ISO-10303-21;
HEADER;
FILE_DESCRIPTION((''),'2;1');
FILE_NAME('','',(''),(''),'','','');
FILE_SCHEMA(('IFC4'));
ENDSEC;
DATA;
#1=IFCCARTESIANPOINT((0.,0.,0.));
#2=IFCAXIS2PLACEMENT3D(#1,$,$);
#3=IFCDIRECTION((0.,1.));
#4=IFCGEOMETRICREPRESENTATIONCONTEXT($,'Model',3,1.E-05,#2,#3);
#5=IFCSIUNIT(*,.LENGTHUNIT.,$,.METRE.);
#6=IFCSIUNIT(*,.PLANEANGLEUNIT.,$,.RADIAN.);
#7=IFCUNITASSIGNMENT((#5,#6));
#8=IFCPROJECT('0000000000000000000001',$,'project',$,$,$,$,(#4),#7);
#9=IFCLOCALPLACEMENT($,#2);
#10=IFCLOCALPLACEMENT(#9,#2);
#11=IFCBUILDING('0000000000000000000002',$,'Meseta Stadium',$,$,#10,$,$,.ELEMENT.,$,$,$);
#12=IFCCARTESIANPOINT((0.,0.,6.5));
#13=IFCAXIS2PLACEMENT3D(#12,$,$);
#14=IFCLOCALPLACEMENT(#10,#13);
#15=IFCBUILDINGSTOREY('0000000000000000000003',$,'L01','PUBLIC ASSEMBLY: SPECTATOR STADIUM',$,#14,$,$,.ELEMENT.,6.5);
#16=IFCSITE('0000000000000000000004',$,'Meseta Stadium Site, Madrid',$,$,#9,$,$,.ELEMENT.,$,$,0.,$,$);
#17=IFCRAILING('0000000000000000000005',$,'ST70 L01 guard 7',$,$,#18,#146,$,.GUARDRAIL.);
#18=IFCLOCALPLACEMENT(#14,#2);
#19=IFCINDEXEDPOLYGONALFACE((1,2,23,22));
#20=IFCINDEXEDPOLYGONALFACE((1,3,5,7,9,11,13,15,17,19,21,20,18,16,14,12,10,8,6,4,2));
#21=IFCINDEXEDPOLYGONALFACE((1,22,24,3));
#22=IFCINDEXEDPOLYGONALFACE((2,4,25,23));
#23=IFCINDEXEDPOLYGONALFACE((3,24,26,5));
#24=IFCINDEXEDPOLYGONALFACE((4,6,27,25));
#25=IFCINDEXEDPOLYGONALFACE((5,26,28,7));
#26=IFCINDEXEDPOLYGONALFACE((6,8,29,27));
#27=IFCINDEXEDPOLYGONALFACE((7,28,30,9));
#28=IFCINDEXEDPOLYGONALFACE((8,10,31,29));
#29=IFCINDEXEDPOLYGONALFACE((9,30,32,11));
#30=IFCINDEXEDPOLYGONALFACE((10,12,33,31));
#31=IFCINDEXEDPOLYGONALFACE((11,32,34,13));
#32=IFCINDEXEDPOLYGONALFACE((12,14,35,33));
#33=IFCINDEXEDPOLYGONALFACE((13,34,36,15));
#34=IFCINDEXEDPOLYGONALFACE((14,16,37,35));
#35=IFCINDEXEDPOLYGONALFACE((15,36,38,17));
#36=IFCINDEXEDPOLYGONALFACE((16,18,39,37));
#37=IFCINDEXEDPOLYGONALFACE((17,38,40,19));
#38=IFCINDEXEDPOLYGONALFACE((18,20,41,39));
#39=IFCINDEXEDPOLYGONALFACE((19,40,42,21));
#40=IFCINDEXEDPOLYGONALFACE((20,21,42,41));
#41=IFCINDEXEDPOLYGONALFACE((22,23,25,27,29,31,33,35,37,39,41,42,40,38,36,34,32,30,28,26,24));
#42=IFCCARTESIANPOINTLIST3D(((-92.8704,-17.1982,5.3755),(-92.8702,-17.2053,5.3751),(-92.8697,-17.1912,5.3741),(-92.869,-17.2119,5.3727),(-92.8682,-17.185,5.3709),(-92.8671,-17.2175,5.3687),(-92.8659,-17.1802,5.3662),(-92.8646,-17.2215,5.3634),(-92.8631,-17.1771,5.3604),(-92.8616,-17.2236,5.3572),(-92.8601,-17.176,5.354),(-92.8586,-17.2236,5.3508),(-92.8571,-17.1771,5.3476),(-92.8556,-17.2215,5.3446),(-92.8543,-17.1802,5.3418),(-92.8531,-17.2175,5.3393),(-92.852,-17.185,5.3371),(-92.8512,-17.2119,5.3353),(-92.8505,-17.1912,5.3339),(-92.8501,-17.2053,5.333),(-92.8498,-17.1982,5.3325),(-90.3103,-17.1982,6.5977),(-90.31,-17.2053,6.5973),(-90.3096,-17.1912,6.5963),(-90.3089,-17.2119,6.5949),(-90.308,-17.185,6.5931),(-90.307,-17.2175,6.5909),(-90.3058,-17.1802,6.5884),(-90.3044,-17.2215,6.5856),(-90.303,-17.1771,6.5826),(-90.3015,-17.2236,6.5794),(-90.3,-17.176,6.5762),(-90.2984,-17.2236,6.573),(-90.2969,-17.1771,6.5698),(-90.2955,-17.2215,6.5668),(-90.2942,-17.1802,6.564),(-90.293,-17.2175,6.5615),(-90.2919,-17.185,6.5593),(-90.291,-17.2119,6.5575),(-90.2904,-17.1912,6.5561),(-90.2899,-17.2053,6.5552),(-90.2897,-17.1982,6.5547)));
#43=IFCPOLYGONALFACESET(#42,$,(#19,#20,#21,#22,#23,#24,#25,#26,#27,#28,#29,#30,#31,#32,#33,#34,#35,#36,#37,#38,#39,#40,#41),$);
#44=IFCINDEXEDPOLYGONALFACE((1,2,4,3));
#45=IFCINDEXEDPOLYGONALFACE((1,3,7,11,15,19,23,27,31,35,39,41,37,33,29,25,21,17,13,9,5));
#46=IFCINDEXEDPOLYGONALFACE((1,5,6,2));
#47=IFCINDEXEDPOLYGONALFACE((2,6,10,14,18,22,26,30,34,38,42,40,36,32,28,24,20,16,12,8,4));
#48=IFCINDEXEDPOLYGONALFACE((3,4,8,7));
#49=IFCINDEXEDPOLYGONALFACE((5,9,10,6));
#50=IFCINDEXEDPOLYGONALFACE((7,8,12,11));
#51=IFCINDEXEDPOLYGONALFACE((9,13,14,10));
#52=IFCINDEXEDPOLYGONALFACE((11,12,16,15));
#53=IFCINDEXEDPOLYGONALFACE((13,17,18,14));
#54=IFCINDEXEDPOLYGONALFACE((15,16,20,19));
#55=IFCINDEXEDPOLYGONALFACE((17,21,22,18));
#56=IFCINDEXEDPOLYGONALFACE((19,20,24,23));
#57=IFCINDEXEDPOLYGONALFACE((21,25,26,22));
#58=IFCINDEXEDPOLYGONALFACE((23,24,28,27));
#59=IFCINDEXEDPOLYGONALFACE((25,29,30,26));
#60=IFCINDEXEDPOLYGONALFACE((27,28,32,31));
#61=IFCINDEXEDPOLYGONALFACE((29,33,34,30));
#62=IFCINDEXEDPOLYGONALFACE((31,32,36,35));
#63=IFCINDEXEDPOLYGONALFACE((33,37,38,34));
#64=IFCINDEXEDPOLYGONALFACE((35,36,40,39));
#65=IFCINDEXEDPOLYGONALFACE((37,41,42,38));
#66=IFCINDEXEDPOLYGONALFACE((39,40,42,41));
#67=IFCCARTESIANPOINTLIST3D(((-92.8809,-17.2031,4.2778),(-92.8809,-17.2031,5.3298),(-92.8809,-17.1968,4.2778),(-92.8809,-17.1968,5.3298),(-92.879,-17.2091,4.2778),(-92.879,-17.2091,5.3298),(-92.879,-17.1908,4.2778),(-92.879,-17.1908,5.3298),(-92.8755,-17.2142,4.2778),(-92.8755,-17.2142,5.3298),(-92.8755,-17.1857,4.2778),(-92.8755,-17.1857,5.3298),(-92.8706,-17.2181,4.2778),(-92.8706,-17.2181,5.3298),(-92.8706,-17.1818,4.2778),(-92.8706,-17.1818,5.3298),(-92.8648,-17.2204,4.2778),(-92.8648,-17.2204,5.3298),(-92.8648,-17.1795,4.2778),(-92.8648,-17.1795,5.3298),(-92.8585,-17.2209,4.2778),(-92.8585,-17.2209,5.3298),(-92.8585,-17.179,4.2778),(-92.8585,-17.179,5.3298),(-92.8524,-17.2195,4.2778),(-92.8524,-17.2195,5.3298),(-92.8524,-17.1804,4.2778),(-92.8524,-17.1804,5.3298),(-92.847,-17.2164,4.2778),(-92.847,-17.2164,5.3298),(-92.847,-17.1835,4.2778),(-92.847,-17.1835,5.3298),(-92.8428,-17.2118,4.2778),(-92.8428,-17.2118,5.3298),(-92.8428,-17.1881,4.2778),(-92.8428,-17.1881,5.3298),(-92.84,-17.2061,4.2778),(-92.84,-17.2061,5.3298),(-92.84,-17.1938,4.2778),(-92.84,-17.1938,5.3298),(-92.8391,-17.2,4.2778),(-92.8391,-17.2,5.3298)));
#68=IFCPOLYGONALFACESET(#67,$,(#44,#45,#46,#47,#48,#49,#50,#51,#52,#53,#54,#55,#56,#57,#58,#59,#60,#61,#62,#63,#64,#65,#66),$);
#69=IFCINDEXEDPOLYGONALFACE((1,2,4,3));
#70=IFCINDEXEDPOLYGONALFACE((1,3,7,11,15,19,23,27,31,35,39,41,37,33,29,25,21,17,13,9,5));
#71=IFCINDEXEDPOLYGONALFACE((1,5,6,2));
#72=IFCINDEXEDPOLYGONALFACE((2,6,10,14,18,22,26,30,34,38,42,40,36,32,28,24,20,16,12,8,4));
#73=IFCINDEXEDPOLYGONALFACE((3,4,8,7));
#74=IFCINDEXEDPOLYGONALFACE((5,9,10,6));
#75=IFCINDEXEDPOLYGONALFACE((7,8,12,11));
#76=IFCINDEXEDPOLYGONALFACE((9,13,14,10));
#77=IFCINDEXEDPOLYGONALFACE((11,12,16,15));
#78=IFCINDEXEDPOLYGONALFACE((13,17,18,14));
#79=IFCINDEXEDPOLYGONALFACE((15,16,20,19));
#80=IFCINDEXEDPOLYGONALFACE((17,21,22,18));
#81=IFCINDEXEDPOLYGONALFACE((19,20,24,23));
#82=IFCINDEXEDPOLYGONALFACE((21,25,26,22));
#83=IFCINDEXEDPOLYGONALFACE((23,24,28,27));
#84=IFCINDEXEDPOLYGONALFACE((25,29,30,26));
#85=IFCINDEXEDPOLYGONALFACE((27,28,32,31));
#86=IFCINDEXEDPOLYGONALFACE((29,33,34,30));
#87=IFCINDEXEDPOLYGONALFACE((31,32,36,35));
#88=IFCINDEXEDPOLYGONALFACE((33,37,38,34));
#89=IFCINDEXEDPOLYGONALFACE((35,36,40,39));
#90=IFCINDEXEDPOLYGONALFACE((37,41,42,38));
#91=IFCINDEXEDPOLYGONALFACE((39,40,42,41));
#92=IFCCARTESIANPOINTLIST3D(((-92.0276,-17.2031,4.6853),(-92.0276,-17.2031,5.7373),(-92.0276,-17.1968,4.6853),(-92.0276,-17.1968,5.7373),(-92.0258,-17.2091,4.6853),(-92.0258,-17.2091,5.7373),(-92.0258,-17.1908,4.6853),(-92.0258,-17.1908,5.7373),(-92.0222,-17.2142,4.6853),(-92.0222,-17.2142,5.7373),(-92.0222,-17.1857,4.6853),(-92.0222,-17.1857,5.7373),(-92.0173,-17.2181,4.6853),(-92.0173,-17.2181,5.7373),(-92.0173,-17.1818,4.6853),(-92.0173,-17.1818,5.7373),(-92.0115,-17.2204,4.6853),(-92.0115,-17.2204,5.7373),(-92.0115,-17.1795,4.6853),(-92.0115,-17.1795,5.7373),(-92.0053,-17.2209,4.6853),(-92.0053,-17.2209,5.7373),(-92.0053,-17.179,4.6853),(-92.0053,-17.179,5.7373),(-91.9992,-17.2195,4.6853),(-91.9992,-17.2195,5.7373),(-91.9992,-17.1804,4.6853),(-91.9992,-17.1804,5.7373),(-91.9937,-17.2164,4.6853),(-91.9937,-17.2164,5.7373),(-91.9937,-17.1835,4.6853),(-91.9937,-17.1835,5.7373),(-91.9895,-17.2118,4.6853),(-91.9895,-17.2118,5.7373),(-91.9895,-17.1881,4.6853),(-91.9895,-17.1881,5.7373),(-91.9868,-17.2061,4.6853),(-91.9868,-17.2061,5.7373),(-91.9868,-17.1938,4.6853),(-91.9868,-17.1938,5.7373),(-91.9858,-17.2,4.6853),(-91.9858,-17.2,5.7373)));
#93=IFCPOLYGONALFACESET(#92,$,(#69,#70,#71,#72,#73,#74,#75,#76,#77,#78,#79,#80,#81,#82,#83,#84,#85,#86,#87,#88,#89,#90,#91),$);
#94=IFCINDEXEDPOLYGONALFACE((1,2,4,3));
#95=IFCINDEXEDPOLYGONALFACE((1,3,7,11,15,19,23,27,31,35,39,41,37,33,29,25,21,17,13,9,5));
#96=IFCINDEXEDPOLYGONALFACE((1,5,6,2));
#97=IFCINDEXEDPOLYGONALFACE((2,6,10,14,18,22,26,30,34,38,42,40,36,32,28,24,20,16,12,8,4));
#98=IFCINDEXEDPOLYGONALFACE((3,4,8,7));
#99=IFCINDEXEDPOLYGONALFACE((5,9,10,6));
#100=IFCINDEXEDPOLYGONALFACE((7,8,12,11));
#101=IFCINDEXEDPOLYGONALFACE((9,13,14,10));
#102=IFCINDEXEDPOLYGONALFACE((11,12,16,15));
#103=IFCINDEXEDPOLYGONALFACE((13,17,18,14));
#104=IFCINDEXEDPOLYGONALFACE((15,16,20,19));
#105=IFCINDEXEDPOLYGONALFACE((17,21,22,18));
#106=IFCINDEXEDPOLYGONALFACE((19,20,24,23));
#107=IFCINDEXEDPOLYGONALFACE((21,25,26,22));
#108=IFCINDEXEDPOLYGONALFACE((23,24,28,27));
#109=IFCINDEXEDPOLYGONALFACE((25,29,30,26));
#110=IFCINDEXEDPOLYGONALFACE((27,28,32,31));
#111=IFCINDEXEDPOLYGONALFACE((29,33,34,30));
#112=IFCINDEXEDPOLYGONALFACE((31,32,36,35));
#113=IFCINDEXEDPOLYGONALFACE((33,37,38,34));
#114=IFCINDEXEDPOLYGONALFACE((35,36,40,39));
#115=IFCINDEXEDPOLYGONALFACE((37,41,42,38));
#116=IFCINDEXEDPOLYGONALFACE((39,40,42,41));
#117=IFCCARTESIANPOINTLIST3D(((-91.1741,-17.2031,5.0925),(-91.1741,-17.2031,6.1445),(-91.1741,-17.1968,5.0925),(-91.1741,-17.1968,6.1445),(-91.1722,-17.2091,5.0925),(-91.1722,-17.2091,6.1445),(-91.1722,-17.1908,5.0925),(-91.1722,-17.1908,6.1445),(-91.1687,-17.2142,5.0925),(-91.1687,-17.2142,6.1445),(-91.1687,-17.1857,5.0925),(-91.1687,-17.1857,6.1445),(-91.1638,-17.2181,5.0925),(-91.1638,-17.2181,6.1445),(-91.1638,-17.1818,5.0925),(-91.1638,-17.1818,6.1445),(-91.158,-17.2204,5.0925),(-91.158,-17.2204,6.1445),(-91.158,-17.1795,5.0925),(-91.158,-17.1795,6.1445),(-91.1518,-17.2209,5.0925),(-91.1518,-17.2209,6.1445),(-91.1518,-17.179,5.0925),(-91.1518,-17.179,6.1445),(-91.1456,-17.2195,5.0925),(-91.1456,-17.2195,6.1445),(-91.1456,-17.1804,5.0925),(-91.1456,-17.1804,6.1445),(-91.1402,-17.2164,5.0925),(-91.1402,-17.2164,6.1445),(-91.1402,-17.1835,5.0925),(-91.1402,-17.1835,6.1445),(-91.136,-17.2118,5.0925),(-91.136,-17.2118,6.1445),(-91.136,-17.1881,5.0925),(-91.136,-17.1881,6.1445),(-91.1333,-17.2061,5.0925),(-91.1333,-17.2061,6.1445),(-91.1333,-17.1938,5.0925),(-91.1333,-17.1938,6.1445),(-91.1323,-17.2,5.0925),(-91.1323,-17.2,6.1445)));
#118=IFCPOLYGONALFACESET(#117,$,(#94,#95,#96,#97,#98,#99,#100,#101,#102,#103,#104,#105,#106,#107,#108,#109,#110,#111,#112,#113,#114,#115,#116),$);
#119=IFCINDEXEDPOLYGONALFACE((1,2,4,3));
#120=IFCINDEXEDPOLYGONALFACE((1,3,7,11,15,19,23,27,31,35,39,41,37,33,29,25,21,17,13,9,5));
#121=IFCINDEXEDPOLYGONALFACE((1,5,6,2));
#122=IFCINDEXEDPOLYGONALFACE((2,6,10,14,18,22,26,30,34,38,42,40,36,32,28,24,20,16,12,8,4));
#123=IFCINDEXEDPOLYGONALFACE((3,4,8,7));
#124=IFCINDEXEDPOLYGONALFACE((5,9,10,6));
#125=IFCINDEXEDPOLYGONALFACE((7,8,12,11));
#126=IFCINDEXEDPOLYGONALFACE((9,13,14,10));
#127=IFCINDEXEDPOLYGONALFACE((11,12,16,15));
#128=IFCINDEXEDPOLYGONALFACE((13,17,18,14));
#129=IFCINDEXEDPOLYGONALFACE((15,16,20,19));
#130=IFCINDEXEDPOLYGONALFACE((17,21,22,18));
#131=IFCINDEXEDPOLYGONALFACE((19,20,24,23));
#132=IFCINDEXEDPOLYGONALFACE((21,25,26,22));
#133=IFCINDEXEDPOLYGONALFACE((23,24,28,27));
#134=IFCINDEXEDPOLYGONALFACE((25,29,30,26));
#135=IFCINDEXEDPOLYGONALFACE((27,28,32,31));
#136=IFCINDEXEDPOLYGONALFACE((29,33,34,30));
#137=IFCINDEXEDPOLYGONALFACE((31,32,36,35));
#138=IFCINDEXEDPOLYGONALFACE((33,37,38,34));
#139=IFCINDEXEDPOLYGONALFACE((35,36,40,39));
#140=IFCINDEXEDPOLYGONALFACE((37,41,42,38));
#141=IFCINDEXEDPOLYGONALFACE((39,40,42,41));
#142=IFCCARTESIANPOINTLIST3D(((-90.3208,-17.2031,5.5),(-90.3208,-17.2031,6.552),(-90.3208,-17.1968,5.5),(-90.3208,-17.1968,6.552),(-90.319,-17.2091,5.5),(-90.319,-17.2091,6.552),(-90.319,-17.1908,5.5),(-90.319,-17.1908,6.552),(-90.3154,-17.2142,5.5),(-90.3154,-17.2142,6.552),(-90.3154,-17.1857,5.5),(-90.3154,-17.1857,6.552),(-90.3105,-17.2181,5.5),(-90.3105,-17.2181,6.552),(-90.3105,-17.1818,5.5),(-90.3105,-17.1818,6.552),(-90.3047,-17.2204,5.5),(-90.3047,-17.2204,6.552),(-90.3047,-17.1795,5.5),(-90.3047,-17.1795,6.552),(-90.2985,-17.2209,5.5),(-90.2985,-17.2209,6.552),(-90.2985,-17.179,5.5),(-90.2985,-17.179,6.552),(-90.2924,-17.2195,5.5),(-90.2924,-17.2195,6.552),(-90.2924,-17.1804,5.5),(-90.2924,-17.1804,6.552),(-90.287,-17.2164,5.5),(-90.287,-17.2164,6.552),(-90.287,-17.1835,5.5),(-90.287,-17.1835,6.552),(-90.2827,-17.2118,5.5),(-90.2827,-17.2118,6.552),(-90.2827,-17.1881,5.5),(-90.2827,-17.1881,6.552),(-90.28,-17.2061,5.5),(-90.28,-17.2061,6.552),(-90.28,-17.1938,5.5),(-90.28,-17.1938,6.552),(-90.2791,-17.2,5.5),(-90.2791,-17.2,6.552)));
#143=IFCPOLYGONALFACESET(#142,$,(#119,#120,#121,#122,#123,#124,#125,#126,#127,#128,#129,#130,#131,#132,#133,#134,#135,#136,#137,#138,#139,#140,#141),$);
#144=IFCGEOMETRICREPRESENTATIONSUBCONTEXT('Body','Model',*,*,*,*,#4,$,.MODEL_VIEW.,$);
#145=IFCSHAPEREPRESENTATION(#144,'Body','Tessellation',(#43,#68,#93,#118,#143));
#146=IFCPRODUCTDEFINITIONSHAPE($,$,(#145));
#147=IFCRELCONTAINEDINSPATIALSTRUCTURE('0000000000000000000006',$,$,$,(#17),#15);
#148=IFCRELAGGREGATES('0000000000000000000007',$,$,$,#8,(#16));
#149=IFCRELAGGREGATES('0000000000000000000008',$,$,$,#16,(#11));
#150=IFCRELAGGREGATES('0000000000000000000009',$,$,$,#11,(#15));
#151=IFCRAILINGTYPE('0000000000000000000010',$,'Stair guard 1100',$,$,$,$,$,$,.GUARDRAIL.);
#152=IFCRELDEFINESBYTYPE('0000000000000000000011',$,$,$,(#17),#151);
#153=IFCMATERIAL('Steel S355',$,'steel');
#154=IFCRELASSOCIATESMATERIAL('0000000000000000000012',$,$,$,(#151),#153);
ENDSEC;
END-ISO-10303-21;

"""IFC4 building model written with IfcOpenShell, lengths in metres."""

from ifc_helpers import new_model, si_unit, direction, frame, origin, origin_2d, place, context, subcontext, project, spatial, circle, extrude, material, type_object, element, save


model = new_model("IFC4")

# Units and contexts
model_context = context("Model", 3, precision=1e-05, world=origin(), true_north=direction((0.0, 1.0)))
body_context = subcontext(model_context, "Body", "Model", "MODEL_VIEW")
ifc_project = project(units=[si_unit("LENGTHUNIT", "METRE"), si_unit("PLANEANGLEUNIT", "RADIAN")], contexts=[model_context])

# Site, building, storey
site_placement = place(None, origin())
site = spatial("IfcSite", under=ifc_project, at=site_placement, Name="Meseta Stadium Site, Madrid", CompositionType="ELEMENT", RefElevation=0.0)
building_placement = place(site_placement, origin())
building = spatial("IfcBuilding", under=site, at=building_placement, Name="Meseta Stadium", CompositionType="ELEMENT")
storey_placement = place(building_placement, frame((0.0, 0.0, 6.5)))
storey = spatial("IfcBuildingStorey", under=building, at=storey_placement, Name="L01", Description="PUBLIC ASSEMBLY: SPECTATOR STADIUM", CompositionType="ELEMENT", Elevation=6.5)

# Railing
ifc_material_1 = material(Name="Steel S355", Category="steel")
railing_type_1 = type_object("IfcRailingType", Name="Stair guard 1100", PredefinedType="GUARDRAIL", material=ifc_material_1)
railing_1_placement = place(storey_placement, frame((-92.8601, -17.2, 4.2778)))
element("IfcRailing", 1, at=railing_1_placement, inside=storey, type_object=railing_type_1, Name="ST70 L01 guard 7", PredefinedType="GUARDRAIL", context=body_context, shape_type="SweptSolid", body=[
    extrude(circle(Radius=0.0239, at=origin_2d()), frame((0.0, 0.0, 1.0762), z_axis=(0.902437, 0.0, 0.430822), x_axis=(0.0, 1.0, 0.0)), (0.0, 0.0, 1.0), 2.8369),
    extrude(circle(Radius=0.021, at=origin_2d()), origin(), (0.0, 0.0, 1.0), 1.052),
    extrude(circle(Radius=0.021, at=origin_2d()), frame((0.8533, 0.0, 0.4075)), (0.0, 0.0, 1.0), 1.052),
    extrude(circle(Radius=0.021, at=origin_2d()), frame((1.7068, 0.0, 0.8147)), (0.0, 0.0, 1.0), 1.052),
    extrude(circle(Radius=0.021, at=origin_2d()), frame((2.5601, 0.0, 1.2222)), (0.0, 0.0, 1.0), 1.052),
])

save(model, "model.ifc")
